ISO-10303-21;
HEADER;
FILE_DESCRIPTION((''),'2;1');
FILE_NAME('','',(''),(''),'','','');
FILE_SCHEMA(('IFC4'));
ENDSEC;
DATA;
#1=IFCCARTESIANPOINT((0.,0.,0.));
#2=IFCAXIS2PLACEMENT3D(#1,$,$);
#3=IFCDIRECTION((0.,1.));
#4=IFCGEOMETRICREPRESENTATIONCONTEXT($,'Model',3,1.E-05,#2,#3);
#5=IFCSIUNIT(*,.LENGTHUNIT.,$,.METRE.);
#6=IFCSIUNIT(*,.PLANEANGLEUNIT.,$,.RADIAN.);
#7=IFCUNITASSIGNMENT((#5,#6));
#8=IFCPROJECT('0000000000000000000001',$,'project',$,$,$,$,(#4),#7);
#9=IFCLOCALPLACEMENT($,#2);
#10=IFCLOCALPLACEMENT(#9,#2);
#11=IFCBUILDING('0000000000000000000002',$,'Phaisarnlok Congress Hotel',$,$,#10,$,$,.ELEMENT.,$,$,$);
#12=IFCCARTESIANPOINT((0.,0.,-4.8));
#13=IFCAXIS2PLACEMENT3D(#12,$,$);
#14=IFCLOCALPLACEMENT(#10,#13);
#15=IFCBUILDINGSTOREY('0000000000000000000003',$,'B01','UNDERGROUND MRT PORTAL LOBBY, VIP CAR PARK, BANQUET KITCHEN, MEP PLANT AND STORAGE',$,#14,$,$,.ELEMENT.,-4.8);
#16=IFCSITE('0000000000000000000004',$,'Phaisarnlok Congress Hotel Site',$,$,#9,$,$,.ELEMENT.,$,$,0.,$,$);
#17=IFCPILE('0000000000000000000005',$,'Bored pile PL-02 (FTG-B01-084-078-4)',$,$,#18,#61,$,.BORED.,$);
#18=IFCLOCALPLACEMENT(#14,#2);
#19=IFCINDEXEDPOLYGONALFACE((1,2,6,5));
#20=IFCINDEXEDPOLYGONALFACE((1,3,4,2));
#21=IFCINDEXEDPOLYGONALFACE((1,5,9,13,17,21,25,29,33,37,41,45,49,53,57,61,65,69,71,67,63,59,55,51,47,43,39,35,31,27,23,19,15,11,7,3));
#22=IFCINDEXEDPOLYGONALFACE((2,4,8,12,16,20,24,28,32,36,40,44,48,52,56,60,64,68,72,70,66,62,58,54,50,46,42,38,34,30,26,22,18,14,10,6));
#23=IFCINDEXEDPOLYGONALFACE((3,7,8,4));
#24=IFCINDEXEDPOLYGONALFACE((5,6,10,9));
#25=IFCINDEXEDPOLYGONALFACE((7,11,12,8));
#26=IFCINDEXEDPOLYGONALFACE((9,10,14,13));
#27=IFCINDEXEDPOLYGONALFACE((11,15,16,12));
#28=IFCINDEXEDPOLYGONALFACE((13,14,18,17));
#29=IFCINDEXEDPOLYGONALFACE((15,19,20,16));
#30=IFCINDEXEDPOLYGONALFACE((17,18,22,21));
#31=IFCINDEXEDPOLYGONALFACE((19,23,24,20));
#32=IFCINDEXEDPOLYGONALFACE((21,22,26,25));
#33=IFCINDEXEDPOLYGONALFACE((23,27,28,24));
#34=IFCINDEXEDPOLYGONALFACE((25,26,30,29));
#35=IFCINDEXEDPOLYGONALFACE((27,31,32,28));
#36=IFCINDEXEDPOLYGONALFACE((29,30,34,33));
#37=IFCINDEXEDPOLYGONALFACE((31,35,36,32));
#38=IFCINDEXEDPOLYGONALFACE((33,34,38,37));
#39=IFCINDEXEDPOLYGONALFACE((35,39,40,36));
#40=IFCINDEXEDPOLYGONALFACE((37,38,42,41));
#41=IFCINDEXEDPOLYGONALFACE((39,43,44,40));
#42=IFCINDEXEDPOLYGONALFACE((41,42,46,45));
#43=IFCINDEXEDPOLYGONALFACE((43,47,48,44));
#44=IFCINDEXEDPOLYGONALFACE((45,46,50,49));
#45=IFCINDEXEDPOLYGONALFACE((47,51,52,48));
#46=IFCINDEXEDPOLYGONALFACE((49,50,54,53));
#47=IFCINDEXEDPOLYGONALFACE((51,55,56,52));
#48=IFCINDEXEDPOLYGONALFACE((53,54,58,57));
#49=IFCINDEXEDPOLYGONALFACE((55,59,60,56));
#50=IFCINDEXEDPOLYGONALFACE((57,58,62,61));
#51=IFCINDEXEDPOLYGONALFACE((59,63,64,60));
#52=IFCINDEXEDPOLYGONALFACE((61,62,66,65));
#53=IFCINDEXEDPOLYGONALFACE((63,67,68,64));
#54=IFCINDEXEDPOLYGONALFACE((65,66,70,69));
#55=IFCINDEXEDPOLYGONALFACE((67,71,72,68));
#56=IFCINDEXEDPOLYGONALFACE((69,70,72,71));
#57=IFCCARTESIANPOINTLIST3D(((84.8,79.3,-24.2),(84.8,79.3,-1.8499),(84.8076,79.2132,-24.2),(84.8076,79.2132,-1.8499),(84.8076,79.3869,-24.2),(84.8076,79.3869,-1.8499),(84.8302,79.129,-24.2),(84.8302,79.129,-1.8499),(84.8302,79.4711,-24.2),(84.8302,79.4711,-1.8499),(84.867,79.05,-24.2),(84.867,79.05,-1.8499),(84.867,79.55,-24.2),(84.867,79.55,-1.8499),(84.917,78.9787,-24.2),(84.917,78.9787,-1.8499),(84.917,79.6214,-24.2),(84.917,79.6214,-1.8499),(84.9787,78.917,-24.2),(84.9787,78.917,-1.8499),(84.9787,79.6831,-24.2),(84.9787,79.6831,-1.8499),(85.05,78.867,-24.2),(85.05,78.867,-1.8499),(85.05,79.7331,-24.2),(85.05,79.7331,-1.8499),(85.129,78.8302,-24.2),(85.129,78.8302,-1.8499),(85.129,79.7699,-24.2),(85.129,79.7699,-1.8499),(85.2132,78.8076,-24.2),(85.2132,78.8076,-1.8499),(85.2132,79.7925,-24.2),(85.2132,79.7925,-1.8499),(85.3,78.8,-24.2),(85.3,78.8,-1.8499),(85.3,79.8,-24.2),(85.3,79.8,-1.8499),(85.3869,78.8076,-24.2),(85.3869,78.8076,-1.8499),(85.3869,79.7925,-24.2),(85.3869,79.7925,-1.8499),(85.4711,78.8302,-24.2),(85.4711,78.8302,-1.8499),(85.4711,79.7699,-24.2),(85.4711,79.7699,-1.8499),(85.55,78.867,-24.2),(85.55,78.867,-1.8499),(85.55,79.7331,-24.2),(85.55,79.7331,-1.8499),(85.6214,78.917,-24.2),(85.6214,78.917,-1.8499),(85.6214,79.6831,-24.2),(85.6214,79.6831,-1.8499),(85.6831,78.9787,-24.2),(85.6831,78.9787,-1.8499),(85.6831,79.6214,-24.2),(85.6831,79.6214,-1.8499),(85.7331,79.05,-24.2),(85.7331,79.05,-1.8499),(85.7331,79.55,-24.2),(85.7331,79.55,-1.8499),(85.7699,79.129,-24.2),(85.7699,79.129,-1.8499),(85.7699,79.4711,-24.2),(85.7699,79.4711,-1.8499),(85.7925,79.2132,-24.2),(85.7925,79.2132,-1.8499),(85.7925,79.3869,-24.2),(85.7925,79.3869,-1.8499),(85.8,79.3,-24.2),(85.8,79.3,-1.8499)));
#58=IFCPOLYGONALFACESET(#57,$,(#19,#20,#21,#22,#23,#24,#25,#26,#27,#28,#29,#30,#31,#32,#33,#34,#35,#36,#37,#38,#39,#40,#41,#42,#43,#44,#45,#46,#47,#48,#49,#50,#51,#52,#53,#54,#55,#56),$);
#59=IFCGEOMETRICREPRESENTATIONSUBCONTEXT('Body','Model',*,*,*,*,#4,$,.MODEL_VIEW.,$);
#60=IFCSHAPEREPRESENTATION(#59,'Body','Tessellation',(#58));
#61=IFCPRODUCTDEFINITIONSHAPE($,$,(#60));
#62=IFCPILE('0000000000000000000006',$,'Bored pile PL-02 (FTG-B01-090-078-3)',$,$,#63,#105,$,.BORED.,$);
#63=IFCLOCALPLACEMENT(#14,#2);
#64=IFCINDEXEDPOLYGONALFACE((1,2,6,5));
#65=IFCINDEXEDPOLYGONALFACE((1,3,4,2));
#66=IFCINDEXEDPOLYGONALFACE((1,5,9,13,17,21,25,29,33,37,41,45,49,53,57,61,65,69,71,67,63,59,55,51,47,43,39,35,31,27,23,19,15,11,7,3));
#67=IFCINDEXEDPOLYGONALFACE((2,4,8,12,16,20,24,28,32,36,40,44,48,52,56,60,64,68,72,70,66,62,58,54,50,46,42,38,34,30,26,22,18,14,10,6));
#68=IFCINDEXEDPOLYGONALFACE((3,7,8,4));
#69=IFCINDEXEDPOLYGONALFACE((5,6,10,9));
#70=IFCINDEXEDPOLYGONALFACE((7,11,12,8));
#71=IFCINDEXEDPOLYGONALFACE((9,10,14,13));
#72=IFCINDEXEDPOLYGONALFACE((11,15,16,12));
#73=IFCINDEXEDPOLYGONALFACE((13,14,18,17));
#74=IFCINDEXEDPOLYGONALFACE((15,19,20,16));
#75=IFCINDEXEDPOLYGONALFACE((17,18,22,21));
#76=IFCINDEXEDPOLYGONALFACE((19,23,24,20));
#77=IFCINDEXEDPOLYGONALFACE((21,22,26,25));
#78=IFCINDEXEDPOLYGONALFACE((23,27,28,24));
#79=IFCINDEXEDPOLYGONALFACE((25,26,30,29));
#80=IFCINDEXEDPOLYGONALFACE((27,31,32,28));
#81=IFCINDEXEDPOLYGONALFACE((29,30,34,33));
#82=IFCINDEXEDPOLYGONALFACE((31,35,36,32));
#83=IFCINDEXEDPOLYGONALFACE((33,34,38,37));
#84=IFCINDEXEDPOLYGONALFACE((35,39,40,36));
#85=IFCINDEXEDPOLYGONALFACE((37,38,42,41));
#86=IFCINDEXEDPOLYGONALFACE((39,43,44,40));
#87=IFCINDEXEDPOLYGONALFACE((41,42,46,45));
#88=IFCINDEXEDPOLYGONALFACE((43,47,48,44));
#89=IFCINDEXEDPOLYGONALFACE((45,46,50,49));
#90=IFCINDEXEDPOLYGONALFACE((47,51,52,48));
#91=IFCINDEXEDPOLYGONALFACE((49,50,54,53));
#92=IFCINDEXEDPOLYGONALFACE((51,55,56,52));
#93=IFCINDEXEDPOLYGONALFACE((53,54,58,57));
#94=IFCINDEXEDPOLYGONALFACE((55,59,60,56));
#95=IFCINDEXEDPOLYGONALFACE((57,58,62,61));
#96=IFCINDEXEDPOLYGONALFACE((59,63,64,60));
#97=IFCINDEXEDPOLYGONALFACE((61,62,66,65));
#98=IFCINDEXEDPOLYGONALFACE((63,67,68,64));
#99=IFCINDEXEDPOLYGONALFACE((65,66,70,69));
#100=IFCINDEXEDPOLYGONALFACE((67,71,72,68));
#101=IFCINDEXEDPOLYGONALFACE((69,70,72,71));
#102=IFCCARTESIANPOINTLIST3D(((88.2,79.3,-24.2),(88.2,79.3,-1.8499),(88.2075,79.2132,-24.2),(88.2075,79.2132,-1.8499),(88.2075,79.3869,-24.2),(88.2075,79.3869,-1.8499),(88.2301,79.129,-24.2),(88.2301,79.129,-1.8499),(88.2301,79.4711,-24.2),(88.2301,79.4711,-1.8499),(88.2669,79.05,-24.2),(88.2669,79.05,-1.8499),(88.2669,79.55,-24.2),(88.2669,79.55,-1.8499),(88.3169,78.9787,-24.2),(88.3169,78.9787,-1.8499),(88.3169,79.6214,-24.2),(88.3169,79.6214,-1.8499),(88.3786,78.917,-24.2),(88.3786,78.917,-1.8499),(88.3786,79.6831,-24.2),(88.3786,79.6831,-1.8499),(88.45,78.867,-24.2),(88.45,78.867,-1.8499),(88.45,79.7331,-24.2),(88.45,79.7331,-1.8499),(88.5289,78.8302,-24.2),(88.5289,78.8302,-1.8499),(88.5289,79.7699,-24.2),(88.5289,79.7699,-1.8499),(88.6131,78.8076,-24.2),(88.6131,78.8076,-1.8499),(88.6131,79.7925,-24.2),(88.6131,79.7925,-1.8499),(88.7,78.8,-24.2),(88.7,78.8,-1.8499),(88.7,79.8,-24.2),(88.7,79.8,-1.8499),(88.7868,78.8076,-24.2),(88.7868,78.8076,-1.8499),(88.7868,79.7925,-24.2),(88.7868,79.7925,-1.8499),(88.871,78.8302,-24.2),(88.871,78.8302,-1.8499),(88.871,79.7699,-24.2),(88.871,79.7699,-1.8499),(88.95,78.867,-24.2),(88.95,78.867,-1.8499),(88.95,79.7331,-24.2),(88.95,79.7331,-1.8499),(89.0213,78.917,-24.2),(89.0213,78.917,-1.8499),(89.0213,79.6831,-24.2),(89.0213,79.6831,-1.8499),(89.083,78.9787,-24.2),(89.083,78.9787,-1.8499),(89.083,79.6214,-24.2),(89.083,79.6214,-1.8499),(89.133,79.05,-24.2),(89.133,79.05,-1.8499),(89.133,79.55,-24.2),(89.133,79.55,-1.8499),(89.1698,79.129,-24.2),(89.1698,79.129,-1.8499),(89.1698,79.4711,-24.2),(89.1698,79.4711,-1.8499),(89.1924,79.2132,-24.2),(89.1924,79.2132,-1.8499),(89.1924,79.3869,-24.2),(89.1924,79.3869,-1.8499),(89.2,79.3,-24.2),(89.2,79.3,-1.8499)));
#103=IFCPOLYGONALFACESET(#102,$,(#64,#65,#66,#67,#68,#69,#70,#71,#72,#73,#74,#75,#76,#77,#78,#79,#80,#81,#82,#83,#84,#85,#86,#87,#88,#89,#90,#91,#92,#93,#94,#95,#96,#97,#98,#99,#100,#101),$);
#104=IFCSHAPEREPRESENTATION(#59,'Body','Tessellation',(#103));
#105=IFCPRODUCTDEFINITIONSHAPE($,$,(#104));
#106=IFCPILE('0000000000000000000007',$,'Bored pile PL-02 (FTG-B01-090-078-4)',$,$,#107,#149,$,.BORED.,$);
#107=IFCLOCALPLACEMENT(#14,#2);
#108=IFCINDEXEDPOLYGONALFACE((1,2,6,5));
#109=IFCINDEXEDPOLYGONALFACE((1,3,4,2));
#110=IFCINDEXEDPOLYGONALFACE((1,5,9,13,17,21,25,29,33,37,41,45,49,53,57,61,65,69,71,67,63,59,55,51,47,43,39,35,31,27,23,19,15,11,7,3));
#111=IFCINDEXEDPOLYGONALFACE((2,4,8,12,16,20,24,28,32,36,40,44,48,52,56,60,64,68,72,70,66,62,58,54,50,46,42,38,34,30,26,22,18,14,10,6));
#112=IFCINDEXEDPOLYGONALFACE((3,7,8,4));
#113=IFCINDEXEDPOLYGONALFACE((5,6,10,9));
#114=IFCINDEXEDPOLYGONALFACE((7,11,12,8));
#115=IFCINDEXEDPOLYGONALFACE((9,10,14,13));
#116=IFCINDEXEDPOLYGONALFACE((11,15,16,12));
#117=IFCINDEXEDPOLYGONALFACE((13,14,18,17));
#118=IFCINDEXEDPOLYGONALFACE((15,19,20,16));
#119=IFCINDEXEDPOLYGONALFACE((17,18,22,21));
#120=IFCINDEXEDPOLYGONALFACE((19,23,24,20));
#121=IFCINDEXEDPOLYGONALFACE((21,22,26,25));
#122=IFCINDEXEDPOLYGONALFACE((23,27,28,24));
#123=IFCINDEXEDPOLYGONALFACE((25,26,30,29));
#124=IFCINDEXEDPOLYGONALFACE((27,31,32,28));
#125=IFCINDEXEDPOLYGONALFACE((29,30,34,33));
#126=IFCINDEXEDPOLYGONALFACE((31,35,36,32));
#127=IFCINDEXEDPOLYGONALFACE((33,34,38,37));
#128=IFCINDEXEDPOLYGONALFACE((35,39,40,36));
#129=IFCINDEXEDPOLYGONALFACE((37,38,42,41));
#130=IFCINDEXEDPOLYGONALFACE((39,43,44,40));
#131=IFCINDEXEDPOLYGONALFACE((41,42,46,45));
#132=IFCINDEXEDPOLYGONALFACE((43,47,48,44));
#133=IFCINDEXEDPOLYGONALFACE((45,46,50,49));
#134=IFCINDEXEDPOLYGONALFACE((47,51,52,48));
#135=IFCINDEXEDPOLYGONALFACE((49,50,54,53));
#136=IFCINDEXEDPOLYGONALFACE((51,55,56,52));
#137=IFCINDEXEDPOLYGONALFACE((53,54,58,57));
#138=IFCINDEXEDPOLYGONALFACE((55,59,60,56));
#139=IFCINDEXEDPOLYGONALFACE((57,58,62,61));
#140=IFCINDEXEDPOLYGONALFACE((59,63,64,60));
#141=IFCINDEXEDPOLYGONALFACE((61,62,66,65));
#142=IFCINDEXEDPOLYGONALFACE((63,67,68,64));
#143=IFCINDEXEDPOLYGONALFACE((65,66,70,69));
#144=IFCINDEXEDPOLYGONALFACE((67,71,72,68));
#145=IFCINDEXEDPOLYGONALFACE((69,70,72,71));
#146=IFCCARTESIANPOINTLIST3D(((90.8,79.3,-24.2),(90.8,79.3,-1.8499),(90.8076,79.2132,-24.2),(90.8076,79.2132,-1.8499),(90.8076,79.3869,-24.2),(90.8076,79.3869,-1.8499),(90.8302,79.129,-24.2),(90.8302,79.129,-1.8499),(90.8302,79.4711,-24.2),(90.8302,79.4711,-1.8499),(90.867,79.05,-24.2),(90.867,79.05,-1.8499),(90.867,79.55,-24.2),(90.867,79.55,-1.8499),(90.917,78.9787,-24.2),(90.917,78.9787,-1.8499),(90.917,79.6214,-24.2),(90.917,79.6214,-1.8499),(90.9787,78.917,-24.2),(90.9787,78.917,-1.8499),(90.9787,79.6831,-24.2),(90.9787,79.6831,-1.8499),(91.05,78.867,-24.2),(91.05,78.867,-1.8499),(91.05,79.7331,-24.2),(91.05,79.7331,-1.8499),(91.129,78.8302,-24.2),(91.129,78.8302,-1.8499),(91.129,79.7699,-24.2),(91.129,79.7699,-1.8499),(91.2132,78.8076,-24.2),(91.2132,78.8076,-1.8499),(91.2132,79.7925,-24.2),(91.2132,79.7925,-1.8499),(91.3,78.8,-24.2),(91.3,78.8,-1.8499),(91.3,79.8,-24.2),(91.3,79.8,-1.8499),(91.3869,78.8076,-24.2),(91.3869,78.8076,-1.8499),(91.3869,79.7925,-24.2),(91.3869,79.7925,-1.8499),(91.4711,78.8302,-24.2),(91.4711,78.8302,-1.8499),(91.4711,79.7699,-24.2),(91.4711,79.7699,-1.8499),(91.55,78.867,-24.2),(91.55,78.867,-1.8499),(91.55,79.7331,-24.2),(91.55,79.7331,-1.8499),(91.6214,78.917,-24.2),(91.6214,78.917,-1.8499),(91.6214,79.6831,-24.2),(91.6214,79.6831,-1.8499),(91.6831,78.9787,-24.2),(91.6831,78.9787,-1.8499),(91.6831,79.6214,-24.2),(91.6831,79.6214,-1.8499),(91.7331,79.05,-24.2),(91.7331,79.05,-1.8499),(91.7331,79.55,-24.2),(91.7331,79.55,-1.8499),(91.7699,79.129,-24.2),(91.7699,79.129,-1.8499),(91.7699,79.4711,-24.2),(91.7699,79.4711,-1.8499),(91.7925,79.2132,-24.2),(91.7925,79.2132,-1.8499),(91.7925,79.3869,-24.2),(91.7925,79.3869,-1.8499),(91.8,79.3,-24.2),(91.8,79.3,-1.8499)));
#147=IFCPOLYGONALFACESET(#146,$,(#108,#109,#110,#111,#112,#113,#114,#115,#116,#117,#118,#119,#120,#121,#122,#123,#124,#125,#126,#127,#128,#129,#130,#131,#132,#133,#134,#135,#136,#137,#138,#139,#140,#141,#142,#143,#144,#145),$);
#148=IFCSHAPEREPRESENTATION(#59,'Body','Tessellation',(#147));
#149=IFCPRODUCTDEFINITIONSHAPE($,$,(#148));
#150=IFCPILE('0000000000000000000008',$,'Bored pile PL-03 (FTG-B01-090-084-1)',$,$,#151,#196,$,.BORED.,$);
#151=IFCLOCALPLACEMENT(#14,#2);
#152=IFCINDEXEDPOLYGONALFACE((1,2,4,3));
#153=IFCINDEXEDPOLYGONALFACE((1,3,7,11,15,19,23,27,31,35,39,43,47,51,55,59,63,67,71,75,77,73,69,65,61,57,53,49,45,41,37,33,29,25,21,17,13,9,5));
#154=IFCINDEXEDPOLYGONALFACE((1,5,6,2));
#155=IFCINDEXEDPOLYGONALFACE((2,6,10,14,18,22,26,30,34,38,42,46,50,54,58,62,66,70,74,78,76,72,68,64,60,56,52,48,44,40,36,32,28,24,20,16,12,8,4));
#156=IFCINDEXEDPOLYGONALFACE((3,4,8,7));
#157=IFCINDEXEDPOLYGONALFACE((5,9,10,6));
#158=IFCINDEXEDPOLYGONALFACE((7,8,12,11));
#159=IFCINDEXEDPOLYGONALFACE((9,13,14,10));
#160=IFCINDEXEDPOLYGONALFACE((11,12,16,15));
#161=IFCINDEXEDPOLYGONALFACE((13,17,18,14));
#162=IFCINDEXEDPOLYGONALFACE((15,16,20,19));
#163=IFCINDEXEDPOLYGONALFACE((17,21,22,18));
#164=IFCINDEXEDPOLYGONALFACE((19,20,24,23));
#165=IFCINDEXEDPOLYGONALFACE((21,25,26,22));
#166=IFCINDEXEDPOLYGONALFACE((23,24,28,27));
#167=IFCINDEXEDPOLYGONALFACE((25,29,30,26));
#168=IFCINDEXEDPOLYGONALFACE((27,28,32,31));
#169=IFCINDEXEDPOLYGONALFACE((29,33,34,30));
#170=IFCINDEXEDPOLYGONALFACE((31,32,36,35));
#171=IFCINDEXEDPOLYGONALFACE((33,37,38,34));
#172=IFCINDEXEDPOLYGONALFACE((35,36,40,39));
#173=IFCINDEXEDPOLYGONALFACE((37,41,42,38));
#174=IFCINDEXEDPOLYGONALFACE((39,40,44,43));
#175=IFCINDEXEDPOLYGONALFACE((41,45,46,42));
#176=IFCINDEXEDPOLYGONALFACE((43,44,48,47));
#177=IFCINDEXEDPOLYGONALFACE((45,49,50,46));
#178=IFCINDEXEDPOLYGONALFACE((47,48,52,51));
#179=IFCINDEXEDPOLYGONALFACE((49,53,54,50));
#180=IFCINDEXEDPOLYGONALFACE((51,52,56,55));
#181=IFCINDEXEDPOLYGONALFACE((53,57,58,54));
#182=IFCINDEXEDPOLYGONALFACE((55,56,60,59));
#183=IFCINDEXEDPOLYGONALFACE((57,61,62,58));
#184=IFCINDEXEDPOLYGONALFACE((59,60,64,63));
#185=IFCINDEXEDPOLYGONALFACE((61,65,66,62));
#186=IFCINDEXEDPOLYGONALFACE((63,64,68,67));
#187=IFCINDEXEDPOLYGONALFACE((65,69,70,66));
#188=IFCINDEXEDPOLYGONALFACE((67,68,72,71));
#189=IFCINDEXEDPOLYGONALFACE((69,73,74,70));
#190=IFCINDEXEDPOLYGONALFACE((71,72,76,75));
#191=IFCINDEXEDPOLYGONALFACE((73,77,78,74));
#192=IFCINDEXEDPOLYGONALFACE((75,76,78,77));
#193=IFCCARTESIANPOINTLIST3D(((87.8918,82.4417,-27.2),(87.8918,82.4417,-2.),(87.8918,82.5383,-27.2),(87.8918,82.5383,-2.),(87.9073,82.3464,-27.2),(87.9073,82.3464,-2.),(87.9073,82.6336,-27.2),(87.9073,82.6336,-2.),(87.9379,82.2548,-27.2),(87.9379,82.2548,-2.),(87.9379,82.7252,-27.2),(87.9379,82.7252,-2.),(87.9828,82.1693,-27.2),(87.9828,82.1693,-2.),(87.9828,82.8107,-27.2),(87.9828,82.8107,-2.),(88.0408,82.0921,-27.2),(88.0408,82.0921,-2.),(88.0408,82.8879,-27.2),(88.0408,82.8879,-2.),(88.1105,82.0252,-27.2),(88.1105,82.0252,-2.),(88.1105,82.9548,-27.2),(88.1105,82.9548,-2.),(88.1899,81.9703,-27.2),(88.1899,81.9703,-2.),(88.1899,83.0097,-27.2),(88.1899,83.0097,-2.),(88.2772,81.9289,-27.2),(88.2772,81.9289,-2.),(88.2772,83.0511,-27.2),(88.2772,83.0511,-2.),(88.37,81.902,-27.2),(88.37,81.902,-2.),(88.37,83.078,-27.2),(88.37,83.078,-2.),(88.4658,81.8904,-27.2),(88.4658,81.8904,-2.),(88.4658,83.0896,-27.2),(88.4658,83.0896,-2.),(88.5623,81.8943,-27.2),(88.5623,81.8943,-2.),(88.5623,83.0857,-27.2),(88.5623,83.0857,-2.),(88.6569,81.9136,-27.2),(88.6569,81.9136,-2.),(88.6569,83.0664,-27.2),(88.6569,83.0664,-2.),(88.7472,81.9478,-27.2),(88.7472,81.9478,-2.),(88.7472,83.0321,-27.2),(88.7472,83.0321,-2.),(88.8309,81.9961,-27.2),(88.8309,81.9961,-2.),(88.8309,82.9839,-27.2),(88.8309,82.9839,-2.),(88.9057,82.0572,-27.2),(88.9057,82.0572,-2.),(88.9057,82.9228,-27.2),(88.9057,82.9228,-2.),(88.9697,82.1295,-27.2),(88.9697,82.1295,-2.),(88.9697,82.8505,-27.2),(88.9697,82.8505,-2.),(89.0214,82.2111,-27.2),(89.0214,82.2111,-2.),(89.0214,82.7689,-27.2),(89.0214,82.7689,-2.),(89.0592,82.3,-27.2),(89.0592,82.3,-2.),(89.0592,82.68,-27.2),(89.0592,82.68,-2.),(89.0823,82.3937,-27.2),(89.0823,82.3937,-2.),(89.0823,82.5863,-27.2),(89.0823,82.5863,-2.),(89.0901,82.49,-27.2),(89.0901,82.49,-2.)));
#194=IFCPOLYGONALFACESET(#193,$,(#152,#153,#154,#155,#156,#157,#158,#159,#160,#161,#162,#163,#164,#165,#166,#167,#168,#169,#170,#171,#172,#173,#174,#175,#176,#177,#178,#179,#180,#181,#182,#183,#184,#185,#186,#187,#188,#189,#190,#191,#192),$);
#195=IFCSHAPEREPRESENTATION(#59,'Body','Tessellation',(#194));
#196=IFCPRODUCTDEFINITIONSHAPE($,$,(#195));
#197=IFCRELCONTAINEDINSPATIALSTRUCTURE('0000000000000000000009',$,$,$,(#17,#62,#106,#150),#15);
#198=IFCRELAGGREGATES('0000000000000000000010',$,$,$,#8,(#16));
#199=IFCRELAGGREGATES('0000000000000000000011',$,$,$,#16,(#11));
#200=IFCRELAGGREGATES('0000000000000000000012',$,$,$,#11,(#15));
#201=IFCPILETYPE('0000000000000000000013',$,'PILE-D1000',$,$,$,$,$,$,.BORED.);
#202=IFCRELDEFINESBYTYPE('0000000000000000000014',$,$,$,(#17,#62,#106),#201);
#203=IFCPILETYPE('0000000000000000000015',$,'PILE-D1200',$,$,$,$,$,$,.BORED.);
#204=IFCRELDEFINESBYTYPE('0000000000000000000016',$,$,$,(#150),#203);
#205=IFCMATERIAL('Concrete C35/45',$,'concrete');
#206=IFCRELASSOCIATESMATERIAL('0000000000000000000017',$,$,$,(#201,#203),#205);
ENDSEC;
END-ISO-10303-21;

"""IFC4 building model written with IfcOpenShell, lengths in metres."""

from ifc_helpers import new_model, si_unit, direction, frame, origin, origin_2d, place, context, subcontext, project, spatial, circle, extrude, material, material_profile, profile_set, type_object, element, save


model = new_model("IFC4")

# Units and contexts
model_context = context("Model", 3, precision=1e-05, world=origin(), true_north=direction((0.0, 1.0)))
body_context = subcontext(model_context, "Body", "Model", "MODEL_VIEW")
ifc_project = project(units=[si_unit("LENGTHUNIT", "METRE"), si_unit("PLANEANGLEUNIT", "RADIAN")], contexts=[model_context])

# Site, building, storey
site_placement = place(None, origin())
site = spatial("IfcSite", under=ifc_project, at=site_placement, Name="Phaisarnlok Congress Hotel Site", CompositionType="ELEMENT", RefElevation=0.0)
building_placement = place(site_placement, origin())
building = spatial("IfcBuilding", under=site, at=building_placement, Name="Phaisarnlok Congress Hotel", CompositionType="ELEMENT")
storey_placement = place(building_placement, frame((0.0, 0.0, -4.8)))
storey = spatial("IfcBuildingStorey", under=building, at=storey_placement, Name="B01", Description="UNDERGROUND MRT PORTAL LOBBY, VIP CAR PARK, BANQUET KITCHEN, MEP PLANT AND STORAGE", CompositionType="ELEMENT", Elevation=-4.8)

# Piles
ifc_material_1 = material(Name="Concrete C35/45", Category="concrete")
ifc_material_profile_1 = material_profile(ifc_material_1, circle(Radius=0.5, at=origin_2d()), Name="BORED PILE D1000")
ifc_profile_set_1 = profile_set([ifc_material_profile_1], Name="Concrete C35/45")
pile_type_1 = type_object("IfcPileType", Name="PILE-D1000", PredefinedType="BORED", material=ifc_profile_set_1)
for number, where, z_axis, x_axis, name in (
    (1, (85.3, 79.3, -1.8499), (0.0, 0.0, -1.0), (1.0, 0.0, 0.0), "Bored pile PL-02 (FTG-B01-084-078-4)"),
    (2, (88.7, 79.3, -1.8499), (0.0, 0.0, -1.0), (1.0, 0.0, 0.0), "Bored pile PL-02 (FTG-B01-090-078-3)"),
    (3, (91.3, 79.3, -1.8499), (0.0, 0.0, -1.0), (1.0, 0.0, 0.0), "Bored pile PL-02 (FTG-B01-090-078-4)"),
):
    element("IfcPile", number, at=place(storey_placement, frame(where, z_axis=z_axis, x_axis=x_axis)), inside=storey, type_object=pile_type_1, Name=name, PredefinedType="BORED", context=body_context, shape_type="SweptSolid", body=[
        extrude(circle(Radius=0.5, at=origin_2d()), origin(), (0.0, 0.0, 1.0), 22.3501),
    ])
ifc_material_profile_2 = material_profile(ifc_material_1, circle(Radius=0.6001, at=origin_2d()), Name="BORED PILE D1200")
ifc_profile_set_2 = profile_set([ifc_material_profile_2], Name="Concrete C35/45")
pile_type_2 = type_object("IfcPileType", Name="PILE-D1200", PredefinedType="BORED", material=ifc_profile_set_2)
for number, where, z_axis, x_axis, name in (
    (4, (88.49, 82.49, -2.0), (0.0, 0.0, -1.0), (1.0, 0.0, 0.0), "Bored pile PL-03 (FTG-B01-090-084-1)"),
):
    element("IfcPile", number, at=place(storey_placement, frame(where, z_axis=z_axis, x_axis=x_axis)), inside=storey, type_object=pile_type_2, Name=name, PredefinedType="BORED", context=body_context, shape_type="SweptSolid", body=[
        extrude(circle(Radius=0.6001, at=origin_2d()), origin(), (0.0, 0.0, 1.0), 25.2),
    ])

save(model, "model.ifc")
